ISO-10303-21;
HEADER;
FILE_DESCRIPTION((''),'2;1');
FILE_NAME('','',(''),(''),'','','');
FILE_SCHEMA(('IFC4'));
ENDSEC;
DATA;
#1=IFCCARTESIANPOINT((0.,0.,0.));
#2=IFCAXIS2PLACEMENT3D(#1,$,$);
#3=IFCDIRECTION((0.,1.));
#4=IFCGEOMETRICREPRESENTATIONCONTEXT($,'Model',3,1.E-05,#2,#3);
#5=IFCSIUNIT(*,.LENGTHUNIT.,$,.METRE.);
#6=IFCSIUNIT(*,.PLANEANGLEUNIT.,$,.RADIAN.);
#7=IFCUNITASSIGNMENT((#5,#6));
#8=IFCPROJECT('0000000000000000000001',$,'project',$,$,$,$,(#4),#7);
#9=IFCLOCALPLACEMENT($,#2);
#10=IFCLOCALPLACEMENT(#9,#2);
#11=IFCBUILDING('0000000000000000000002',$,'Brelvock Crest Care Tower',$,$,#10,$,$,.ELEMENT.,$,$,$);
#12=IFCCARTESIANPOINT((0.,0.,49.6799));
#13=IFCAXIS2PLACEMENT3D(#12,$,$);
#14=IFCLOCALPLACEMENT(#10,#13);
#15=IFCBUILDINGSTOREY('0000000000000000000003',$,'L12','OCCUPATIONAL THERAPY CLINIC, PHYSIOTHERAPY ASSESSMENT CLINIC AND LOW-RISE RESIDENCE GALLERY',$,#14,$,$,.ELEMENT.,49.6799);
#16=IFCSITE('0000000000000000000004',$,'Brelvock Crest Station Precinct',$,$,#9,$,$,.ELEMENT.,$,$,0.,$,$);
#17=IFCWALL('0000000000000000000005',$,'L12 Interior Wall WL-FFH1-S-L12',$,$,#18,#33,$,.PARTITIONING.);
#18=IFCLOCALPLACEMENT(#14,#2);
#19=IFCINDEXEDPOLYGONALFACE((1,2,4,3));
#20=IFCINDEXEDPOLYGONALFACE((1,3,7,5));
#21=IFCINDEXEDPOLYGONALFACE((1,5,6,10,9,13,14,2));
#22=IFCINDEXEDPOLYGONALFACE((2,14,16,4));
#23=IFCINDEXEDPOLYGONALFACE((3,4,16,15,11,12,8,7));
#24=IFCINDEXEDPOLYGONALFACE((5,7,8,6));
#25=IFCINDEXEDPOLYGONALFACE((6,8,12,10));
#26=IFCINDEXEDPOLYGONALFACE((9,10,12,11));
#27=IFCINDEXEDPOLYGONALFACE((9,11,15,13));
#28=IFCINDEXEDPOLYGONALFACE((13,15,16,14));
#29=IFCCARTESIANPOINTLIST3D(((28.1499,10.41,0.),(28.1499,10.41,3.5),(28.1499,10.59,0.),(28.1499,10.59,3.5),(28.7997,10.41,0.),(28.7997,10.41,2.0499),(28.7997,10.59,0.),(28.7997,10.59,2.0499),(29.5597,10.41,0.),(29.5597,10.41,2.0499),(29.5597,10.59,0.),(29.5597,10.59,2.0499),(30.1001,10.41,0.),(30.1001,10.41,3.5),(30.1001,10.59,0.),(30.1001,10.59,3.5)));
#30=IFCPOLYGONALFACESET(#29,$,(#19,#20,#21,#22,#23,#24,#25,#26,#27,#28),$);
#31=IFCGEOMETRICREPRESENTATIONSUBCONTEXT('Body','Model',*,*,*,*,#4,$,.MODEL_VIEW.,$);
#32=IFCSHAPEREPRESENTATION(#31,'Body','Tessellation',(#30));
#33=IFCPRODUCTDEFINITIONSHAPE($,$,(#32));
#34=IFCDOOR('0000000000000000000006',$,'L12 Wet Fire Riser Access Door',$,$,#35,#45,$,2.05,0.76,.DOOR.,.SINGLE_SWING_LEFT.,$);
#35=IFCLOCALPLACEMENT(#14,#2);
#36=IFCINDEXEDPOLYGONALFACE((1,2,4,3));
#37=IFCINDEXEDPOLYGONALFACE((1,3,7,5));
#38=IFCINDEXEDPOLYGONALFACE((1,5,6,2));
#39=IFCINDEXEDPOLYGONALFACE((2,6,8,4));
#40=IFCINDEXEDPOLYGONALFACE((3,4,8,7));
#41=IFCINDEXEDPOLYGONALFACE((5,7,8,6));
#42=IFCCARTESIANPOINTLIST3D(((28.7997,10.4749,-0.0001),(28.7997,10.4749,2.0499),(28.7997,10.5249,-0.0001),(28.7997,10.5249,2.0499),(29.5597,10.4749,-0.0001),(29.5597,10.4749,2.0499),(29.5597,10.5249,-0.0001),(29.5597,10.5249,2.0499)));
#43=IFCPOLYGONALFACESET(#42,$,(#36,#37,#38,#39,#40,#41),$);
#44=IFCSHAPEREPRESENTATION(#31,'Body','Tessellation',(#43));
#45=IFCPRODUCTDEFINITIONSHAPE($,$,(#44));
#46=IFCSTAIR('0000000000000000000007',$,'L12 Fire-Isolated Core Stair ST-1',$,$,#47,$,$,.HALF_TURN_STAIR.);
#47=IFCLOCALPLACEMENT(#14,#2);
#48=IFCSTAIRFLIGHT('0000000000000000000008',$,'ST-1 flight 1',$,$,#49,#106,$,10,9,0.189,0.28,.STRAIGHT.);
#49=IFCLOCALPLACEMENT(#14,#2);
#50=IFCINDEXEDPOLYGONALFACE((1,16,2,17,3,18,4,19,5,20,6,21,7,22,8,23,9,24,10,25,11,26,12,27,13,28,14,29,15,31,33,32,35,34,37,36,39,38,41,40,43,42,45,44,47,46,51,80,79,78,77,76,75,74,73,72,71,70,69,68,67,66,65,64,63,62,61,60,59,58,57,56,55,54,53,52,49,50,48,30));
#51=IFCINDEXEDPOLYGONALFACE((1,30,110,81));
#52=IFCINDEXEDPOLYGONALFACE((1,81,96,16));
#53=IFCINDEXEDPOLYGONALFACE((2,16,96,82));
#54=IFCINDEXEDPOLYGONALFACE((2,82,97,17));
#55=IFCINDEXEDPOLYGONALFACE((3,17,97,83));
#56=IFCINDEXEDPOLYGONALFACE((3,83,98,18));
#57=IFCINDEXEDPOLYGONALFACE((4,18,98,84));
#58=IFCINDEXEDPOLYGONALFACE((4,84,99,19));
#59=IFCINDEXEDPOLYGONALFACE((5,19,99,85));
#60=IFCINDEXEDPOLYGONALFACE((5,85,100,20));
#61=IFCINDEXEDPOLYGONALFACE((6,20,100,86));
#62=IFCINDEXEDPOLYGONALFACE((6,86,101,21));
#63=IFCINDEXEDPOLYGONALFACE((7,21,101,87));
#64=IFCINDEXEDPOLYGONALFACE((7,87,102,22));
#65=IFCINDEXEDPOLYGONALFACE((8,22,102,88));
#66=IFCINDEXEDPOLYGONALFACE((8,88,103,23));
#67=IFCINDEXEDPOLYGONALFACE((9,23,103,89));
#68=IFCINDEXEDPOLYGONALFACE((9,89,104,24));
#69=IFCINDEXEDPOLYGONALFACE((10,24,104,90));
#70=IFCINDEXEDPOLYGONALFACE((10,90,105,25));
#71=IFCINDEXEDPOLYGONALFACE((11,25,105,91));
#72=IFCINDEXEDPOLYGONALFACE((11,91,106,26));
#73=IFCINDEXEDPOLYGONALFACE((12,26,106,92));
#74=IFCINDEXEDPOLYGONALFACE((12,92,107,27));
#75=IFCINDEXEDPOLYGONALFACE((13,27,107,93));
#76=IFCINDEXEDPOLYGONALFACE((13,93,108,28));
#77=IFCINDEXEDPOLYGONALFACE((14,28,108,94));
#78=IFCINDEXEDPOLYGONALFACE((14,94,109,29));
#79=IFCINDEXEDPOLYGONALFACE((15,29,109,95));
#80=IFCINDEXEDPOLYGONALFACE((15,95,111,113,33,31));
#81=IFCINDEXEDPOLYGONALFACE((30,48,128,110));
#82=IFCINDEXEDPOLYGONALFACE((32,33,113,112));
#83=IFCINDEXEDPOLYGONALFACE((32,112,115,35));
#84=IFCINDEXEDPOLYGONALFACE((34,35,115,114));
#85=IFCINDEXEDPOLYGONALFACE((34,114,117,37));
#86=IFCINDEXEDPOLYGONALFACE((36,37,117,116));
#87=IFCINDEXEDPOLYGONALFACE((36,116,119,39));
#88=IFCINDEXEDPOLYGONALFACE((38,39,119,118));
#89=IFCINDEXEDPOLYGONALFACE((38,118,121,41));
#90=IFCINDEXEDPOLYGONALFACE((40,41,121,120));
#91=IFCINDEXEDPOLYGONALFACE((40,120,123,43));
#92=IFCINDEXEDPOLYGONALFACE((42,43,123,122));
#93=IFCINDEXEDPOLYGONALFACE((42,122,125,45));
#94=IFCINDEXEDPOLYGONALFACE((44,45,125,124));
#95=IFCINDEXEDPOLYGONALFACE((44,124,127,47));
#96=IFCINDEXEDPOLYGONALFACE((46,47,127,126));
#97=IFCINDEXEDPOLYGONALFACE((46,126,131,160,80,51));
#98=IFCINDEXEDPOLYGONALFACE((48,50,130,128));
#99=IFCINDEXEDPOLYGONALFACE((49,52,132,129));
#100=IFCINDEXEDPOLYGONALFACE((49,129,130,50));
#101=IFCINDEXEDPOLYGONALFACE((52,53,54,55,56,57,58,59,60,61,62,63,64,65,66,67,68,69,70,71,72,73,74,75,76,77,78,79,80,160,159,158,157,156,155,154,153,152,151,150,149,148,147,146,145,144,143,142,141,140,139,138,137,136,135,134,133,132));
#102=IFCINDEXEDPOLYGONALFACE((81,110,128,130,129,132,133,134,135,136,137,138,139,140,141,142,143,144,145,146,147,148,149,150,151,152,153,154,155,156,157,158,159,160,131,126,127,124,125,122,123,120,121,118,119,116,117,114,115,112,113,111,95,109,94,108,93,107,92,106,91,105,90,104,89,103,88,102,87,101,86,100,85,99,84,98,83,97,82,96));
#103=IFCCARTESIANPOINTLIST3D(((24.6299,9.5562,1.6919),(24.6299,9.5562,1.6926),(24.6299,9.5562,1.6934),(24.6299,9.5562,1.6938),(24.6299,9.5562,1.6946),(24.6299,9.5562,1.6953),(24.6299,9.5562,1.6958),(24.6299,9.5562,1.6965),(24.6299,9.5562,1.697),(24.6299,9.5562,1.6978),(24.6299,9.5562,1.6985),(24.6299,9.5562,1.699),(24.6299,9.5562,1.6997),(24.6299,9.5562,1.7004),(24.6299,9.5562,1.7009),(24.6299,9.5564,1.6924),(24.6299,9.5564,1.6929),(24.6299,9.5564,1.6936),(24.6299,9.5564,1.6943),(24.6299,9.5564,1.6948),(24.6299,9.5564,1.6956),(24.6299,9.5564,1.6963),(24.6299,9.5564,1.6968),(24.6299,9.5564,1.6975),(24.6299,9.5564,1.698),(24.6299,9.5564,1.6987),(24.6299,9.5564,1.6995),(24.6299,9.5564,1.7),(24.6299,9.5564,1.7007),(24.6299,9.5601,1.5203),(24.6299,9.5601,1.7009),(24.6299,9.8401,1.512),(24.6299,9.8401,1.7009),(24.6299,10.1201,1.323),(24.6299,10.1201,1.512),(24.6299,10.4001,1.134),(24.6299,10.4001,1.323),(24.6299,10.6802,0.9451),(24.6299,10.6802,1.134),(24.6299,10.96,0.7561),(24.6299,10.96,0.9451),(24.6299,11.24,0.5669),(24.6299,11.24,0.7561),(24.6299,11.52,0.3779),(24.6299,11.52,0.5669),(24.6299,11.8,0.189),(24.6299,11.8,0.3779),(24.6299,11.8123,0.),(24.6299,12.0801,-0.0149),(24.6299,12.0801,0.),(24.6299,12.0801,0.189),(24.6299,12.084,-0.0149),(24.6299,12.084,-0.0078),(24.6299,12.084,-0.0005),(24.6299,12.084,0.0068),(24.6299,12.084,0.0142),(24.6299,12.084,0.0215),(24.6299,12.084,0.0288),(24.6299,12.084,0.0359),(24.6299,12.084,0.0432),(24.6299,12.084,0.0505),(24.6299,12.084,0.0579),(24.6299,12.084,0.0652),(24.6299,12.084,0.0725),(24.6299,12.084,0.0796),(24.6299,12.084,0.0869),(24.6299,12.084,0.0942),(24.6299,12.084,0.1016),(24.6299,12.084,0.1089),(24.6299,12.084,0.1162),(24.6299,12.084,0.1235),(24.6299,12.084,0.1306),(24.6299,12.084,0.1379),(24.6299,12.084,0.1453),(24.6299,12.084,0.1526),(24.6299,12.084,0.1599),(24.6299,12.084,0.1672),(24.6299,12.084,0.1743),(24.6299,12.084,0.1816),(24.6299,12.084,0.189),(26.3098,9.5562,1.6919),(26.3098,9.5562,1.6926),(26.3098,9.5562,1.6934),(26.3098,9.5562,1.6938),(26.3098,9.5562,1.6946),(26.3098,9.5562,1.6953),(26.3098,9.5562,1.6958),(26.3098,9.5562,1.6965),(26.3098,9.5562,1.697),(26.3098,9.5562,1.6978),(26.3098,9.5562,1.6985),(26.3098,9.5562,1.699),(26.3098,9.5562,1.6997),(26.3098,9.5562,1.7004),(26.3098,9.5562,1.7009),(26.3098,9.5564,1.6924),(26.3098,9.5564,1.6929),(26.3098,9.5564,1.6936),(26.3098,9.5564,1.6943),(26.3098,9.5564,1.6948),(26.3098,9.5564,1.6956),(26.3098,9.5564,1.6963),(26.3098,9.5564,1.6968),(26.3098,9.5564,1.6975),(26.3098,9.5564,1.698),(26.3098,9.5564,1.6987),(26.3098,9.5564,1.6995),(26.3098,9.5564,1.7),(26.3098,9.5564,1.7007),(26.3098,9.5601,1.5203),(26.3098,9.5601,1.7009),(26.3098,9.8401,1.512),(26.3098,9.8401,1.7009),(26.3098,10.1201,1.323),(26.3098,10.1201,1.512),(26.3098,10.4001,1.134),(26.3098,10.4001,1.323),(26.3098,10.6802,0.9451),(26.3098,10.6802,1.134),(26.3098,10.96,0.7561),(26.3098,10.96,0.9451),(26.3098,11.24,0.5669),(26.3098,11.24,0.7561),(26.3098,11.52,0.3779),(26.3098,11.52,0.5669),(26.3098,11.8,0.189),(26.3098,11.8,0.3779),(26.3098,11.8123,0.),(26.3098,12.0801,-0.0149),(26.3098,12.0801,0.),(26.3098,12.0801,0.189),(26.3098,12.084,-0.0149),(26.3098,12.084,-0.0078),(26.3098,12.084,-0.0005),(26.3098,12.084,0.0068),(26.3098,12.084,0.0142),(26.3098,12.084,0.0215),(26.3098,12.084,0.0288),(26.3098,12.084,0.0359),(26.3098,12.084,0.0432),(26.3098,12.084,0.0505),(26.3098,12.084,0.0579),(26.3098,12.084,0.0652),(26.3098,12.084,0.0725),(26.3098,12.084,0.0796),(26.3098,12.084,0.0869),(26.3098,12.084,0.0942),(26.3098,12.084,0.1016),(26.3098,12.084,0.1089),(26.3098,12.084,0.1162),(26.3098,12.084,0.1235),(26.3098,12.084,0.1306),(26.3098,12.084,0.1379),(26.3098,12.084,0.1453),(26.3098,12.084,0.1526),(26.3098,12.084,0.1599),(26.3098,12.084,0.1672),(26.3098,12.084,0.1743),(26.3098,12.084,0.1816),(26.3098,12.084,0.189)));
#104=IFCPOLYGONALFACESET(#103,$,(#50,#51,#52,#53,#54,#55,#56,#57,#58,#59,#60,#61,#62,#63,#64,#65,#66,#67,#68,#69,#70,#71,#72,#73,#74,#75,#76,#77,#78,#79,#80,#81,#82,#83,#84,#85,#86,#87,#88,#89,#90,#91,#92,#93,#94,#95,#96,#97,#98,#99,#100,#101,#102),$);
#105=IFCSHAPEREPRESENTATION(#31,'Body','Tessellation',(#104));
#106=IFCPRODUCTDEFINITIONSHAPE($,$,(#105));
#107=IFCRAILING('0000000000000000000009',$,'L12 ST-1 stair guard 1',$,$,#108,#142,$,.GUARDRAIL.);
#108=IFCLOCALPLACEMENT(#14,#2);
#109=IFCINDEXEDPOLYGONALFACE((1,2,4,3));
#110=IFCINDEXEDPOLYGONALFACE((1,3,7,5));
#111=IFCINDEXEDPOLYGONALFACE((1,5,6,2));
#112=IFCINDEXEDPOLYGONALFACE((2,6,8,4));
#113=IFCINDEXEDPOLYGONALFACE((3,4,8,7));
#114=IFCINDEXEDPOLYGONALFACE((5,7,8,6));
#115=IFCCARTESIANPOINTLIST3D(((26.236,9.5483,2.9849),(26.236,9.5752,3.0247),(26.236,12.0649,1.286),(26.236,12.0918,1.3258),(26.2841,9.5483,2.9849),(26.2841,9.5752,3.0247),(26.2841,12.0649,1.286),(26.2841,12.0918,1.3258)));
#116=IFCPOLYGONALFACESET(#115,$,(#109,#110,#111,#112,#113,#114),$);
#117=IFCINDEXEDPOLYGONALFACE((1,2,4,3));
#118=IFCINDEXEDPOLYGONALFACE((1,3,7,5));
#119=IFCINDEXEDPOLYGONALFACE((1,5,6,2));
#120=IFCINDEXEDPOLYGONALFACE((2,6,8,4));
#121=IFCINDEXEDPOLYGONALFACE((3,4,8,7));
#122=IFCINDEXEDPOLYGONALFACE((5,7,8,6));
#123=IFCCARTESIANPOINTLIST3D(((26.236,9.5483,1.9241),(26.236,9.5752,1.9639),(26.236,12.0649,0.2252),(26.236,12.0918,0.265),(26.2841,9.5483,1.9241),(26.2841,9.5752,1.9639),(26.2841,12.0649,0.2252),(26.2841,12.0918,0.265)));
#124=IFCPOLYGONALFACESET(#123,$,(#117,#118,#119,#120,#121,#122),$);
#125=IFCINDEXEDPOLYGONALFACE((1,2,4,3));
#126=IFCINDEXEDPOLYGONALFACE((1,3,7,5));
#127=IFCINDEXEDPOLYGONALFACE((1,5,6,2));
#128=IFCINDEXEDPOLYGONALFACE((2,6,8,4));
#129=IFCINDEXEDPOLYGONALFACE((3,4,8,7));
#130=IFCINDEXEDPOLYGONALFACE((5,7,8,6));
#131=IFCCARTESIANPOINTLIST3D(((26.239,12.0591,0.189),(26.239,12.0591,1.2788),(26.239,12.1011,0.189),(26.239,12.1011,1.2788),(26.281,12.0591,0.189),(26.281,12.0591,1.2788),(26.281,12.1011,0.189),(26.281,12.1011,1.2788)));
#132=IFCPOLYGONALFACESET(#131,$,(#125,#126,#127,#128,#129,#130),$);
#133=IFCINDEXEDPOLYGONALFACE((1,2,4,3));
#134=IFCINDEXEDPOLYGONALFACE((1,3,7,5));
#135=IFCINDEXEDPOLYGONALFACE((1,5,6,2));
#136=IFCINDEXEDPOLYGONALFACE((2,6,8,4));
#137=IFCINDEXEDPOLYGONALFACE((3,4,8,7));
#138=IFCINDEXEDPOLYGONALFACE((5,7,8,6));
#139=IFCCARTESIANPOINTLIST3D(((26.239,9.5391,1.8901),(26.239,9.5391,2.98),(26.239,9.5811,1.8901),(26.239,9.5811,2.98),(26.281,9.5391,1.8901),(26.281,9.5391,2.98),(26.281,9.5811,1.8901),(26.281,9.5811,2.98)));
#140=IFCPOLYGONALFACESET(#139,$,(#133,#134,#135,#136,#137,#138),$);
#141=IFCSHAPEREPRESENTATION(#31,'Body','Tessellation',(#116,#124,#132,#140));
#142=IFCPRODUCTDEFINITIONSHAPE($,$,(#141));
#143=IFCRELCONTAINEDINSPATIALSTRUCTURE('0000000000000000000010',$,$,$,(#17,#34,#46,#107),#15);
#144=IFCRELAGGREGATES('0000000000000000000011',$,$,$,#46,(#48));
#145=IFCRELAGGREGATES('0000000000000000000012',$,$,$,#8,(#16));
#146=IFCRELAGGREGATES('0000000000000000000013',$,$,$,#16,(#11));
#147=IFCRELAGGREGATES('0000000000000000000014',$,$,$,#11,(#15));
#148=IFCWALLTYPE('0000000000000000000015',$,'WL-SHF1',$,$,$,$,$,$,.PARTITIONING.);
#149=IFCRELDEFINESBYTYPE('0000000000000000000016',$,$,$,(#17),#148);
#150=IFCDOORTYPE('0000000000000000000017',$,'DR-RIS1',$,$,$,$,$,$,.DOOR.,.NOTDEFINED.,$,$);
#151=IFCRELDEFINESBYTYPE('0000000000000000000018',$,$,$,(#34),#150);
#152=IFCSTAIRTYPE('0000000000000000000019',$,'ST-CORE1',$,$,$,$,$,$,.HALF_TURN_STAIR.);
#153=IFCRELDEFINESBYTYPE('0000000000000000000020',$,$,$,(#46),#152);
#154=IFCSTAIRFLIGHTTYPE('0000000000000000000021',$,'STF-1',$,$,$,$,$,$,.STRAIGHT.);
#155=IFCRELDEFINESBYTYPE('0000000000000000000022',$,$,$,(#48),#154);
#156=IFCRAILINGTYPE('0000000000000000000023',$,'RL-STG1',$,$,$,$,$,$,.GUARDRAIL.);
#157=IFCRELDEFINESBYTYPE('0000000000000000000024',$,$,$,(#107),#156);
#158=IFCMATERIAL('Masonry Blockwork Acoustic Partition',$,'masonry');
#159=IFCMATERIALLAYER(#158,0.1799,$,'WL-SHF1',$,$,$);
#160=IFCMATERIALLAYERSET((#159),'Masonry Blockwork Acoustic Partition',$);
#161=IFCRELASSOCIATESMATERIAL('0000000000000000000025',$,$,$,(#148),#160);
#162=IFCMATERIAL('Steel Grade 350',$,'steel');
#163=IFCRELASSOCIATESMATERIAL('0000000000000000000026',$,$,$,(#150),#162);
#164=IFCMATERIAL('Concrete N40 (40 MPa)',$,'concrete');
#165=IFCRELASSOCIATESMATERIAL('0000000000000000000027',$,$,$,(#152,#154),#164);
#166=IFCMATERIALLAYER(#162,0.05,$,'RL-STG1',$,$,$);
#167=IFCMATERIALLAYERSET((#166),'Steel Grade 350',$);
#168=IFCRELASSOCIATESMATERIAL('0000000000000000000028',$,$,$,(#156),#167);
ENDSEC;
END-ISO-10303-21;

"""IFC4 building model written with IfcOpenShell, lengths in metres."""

from ifc_helpers import new_model, si_unit, direction, frame, frame_2d, origin, origin_2d, place, context, subcontext, project, spatial, polyline, rectangle, outline, extrude, source, transform, mapped, material, layer, layer_set, type_object, element, fill, aggregate, save


model = new_model("IFC4")

# Units and contexts
model_context = context("Model", 3, precision=1e-05, world=origin(), true_north=direction((0.0, 1.0)))
body_context = subcontext(model_context, "Body", "Model", "MODEL_VIEW")
ifc_project = project(units=[si_unit("LENGTHUNIT", "METRE"), si_unit("PLANEANGLEUNIT", "RADIAN")], contexts=[model_context])

# Site, building, storey
site_placement = place(None, origin())
site = spatial("IfcSite", under=ifc_project, at=site_placement, Name="Brelvock Crest Station Precinct", CompositionType="ELEMENT", RefElevation=0.0)
building_placement = place(site_placement, origin())
building = spatial("IfcBuilding", under=site, at=building_placement, Name="Brelvock Crest Care Tower", CompositionType="ELEMENT")
storey_placement = place(building_placement, frame((0.0, 0.0, 49.6799)))
storey = spatial("IfcBuildingStorey", under=building, at=storey_placement, Name="L12", Description="OCCUPATIONAL THERAPY CLINIC, PHYSIOTHERAPY ASSESSMENT CLINIC AND LOW-RISE RESIDENCE GALLERY", CompositionType="ELEMENT", Elevation=49.6799)

# Shared definitions
ifc_material_1 = material(Name="Masonry Blockwork Acoustic Partition", Category="masonry")

# Shared definitions
ifc_layer_1 = layer(ifc_material_1, 0.1799, Name="WL-SHF1")
ifc_layer_set_1 = layer_set([ifc_layer_1], Name="Masonry Blockwork Acoustic Partition")
wall_type_1 = type_object("IfcWallType", Name="WL-SHF1", PredefinedType="PARTITIONING", material=ifc_layer_set_1)

# Shared definitions
ifc_material_2 = material(Name="Steel Grade 350", Category="steel")

# Wall, opening, door
wall_1_placement = place(storey_placement, frame((28.1499, 10.5, 0.0), z_axis=(0.0, 0.0, 1.0), x_axis=(1.0, 0.0, 0.0)))
wall_1 = element("IfcWall", 1, at=wall_1_placement, inside=storey, type_object=wall_type_1, Name="L12 Interior Wall WL-FFH1-S-L12", PredefinedType="PARTITIONING", context=body_context, shape_type="SweptSolid", body=[
    extrude(rectangle(XDim=1.9502, YDim=0.1799, at=frame_2d((0.9751, 0.0))), origin(), (0.0, 0.0, 1.0), 3.5),
])
opening_1_placement = place(wall_1_placement, frame((0.6499, 0.0, 0.0)))
opening_1 = element("IfcOpeningElement", 2, at=opening_1_placement, cuts=wall_1, PredefinedType="OPENING", context=body_context, shape_type="SweptSolid", body=[
    extrude(rectangle(XDim=0.76, YDim=2.05, at=origin_2d()), frame((0.3799, 0.1001, 1.0249), z_axis=(0.0, -1.0, 0.0), x_axis=(1.0, 0.0, 0.0)), (0.0, 0.0, 1.0), 0.2),
])
door_type_1 = type_object("IfcDoorType", Name="DR-RIS1", OperationType="NOTDEFINED", PredefinedType="DOOR", material=ifc_material_2)
shared_shape_1 = source(origin(), body_context, "Body", "SweptSolid", [
    extrude(rectangle(XDim=0.76, YDim=2.05, at=origin_2d()), frame((0.3799, 0.0249, 1.0249), z_axis=(0.0, -1.0, 0.0), x_axis=(1.0, 0.0, 0.0)), (0.0, 0.0, 1.0), 0.05),
])
door_1_placement = place(opening_1_placement, origin())
door_1 = element("IfcDoor", 3, at=door_1_placement, inside=storey, type_object=door_type_1, Name="L12 Wet Fire Riser Access Door", OperationType="SINGLE_SWING_LEFT", OverallHeight=2.05, OverallWidth=0.76, PredefinedType="DOOR", context=body_context, shape_type="MappedRepresentation", body=[
    mapped(shared_shape_1, transform((0.0, 0.0, 0.0), x_axis=(1.0, 0.0, 0.0), y_axis=(0.0, 1.0, 0.0), z_axis=(0.0, 0.0, 1.0), scale=1.0)),
])
fill(opening_1, door_1)

# Stair, stair flight
ifc_material_3 = material(Name="Concrete N40 (40 MPa)", Category="concrete")
stair_type = type_object("IfcStairType", Name="ST-CORE1", PredefinedType="HALF_TURN_STAIR", material=ifc_material_3)
stair_placement = place(storey_placement, origin())
stair = element("IfcStair", 4, at=stair_placement, inside=storey, type_object=stair_type, Name="L12 Fire-Isolated Core Stair ST-1", PredefinedType="HALF_TURN_STAIR")
stair_flight_type = type_object("IfcStairFlightType", Name="STF-1", PredefinedType="STRAIGHT", material=ifc_material_3)
stair_flight_placement = place(storey_placement, frame((25.47, 12.0801, 0.0), z_axis=(0.0, 0.0, 1.0), x_axis=(0.0, -1.0, 0.0)))
stair_flight = element("IfcStairFlight", 5, at=stair_flight_placement, type_object=stair_flight_type, Name="ST-1 flight 1", NumberOfRisers=10, NumberOfTreads=9, PredefinedType="STRAIGHT", RiserHeight=0.189, TreadLength=0.28, context=body_context, shape_type="SweptSolid", body=[
    extrude(outline(polyline([(-0.0039, -0.0149), (-0.0039, -0.0078), (-0.0039, -0.0005), (-0.0039, 0.0068), (-0.0039, 0.0142), (-0.0039, 0.0215), (-0.0039, 0.0288), (-0.0039, 0.0359), (-0.0039, 0.0432), (-0.0039, 0.0505), (-0.0039, 0.0579), (-0.0039, 0.0652), (-0.0039, 0.0725), (-0.0039, 0.0796), (-0.0039, 0.0869), (-0.0039, 0.0942), (-0.0039, 0.1016), (-0.0039, 0.1089), (-0.0039, 0.1162), (-0.0039, 0.1235), (-0.0039, 0.1306), (-0.0039, 0.1379), (-0.0039, 0.1453), (-0.0039, 0.1526), (-0.0039, 0.1599), (-0.0039, 0.1672), (-0.0039, 0.1743), (-0.0039, 0.1816), (-0.0039, 0.189), (0.0, 0.189), (0.28, 0.189), (0.28, 0.3779), (0.5601, 0.3779), (0.5601, 0.5669), (0.8401, 0.5669), (0.8401, 0.7561), (1.1201, 0.7561), (1.1201, 0.9451), (1.3999, 0.9451), (1.3999, 1.134), (1.6799, 1.134), (1.6799, 1.323), (1.96, 1.323), (1.96, 1.512), (2.24, 1.512), (2.24, 1.7009), (2.52, 1.7009), (2.5239, 1.7009), (2.5237, 1.7007), (2.5239, 1.7004), (2.5237, 1.7), (2.5239, 1.6997), (2.5237, 1.6995), (2.5239, 1.699), (2.5237, 1.6987), (2.5239, 1.6985), (2.5237, 1.698), (2.5239, 1.6978), (2.5237, 1.6975), (2.5239, 1.697), (2.5237, 1.6968), (2.5239, 1.6965), (2.5237, 1.6963), (2.5239, 1.6958), (2.5237, 1.6956), (2.5239, 1.6953), (2.5237, 1.6948), (2.5239, 1.6946), (2.5237, 1.6943), (2.5239, 1.6938), (2.5237, 1.6936), (2.5239, 1.6934), (2.5237, 1.6929), (2.5239, 1.6926), (2.5237, 1.6924), (2.5239, 1.6919), (2.52, 1.5203), (0.2678, 0.0), (0.0, 0.0), (0.0, -0.0149), (-0.0039, -0.0149)])), frame((0.0, 0.8398, 0.0), z_axis=(0.0, -1.0, 0.0), x_axis=(1.0, 0.0, 0.0)), (0.0, 0.0, 1.0), 1.6799),
])
aggregate(stair, [stair_flight])

# Railing
ifc_layer_2 = layer(ifc_material_2, 0.05, Name="RL-STG1")
ifc_layer_set_2 = layer_set([ifc_layer_2], Name="Steel Grade 350")
railing_type_1 = type_object("IfcRailingType", Name="RL-STG1", PredefinedType="GUARDRAIL", material=ifc_layer_set_2)
railing_1_placement = place(storey_placement, frame((26.26, 12.0801, 0.189)))
element("IfcRailing", 6, at=railing_1_placement, inside=storey, type_object=railing_type_1, Name="L12 ST-1 stair guard 1", PredefinedType="GUARDRAIL", context=body_context, shape_type="SweptSolid", body=[
    extrude(rectangle(XDim=0.0481, YDim=0.0481, at=origin_2d()), frame((0.0, -0.0017, 1.1169), z_axis=(0.0, -0.828824, 0.559509), x_axis=(1.0, 0.0, 0.0)), (0.0, 0.0, 1.0), 3.0364),
    extrude(rectangle(XDim=0.0481, YDim=0.0481, at=origin_2d()), frame((0.0, -0.0017, 0.0562), z_axis=(0.0, -0.828824, 0.559509), x_axis=(1.0, 0.0, 0.0)), (0.0, 0.0, 1.0), 3.0364),
    extrude(rectangle(XDim=0.042, YDim=0.042, at=origin_2d()), origin(), (0.0, 0.0, 1.0), 1.0898),
    extrude(rectangle(XDim=0.042, YDim=0.042, at=origin_2d()), frame((0.0, -2.52, 1.7012)), (0.0, 0.0, 1.0), 1.0898),
])

save(model, "model.ifc")
